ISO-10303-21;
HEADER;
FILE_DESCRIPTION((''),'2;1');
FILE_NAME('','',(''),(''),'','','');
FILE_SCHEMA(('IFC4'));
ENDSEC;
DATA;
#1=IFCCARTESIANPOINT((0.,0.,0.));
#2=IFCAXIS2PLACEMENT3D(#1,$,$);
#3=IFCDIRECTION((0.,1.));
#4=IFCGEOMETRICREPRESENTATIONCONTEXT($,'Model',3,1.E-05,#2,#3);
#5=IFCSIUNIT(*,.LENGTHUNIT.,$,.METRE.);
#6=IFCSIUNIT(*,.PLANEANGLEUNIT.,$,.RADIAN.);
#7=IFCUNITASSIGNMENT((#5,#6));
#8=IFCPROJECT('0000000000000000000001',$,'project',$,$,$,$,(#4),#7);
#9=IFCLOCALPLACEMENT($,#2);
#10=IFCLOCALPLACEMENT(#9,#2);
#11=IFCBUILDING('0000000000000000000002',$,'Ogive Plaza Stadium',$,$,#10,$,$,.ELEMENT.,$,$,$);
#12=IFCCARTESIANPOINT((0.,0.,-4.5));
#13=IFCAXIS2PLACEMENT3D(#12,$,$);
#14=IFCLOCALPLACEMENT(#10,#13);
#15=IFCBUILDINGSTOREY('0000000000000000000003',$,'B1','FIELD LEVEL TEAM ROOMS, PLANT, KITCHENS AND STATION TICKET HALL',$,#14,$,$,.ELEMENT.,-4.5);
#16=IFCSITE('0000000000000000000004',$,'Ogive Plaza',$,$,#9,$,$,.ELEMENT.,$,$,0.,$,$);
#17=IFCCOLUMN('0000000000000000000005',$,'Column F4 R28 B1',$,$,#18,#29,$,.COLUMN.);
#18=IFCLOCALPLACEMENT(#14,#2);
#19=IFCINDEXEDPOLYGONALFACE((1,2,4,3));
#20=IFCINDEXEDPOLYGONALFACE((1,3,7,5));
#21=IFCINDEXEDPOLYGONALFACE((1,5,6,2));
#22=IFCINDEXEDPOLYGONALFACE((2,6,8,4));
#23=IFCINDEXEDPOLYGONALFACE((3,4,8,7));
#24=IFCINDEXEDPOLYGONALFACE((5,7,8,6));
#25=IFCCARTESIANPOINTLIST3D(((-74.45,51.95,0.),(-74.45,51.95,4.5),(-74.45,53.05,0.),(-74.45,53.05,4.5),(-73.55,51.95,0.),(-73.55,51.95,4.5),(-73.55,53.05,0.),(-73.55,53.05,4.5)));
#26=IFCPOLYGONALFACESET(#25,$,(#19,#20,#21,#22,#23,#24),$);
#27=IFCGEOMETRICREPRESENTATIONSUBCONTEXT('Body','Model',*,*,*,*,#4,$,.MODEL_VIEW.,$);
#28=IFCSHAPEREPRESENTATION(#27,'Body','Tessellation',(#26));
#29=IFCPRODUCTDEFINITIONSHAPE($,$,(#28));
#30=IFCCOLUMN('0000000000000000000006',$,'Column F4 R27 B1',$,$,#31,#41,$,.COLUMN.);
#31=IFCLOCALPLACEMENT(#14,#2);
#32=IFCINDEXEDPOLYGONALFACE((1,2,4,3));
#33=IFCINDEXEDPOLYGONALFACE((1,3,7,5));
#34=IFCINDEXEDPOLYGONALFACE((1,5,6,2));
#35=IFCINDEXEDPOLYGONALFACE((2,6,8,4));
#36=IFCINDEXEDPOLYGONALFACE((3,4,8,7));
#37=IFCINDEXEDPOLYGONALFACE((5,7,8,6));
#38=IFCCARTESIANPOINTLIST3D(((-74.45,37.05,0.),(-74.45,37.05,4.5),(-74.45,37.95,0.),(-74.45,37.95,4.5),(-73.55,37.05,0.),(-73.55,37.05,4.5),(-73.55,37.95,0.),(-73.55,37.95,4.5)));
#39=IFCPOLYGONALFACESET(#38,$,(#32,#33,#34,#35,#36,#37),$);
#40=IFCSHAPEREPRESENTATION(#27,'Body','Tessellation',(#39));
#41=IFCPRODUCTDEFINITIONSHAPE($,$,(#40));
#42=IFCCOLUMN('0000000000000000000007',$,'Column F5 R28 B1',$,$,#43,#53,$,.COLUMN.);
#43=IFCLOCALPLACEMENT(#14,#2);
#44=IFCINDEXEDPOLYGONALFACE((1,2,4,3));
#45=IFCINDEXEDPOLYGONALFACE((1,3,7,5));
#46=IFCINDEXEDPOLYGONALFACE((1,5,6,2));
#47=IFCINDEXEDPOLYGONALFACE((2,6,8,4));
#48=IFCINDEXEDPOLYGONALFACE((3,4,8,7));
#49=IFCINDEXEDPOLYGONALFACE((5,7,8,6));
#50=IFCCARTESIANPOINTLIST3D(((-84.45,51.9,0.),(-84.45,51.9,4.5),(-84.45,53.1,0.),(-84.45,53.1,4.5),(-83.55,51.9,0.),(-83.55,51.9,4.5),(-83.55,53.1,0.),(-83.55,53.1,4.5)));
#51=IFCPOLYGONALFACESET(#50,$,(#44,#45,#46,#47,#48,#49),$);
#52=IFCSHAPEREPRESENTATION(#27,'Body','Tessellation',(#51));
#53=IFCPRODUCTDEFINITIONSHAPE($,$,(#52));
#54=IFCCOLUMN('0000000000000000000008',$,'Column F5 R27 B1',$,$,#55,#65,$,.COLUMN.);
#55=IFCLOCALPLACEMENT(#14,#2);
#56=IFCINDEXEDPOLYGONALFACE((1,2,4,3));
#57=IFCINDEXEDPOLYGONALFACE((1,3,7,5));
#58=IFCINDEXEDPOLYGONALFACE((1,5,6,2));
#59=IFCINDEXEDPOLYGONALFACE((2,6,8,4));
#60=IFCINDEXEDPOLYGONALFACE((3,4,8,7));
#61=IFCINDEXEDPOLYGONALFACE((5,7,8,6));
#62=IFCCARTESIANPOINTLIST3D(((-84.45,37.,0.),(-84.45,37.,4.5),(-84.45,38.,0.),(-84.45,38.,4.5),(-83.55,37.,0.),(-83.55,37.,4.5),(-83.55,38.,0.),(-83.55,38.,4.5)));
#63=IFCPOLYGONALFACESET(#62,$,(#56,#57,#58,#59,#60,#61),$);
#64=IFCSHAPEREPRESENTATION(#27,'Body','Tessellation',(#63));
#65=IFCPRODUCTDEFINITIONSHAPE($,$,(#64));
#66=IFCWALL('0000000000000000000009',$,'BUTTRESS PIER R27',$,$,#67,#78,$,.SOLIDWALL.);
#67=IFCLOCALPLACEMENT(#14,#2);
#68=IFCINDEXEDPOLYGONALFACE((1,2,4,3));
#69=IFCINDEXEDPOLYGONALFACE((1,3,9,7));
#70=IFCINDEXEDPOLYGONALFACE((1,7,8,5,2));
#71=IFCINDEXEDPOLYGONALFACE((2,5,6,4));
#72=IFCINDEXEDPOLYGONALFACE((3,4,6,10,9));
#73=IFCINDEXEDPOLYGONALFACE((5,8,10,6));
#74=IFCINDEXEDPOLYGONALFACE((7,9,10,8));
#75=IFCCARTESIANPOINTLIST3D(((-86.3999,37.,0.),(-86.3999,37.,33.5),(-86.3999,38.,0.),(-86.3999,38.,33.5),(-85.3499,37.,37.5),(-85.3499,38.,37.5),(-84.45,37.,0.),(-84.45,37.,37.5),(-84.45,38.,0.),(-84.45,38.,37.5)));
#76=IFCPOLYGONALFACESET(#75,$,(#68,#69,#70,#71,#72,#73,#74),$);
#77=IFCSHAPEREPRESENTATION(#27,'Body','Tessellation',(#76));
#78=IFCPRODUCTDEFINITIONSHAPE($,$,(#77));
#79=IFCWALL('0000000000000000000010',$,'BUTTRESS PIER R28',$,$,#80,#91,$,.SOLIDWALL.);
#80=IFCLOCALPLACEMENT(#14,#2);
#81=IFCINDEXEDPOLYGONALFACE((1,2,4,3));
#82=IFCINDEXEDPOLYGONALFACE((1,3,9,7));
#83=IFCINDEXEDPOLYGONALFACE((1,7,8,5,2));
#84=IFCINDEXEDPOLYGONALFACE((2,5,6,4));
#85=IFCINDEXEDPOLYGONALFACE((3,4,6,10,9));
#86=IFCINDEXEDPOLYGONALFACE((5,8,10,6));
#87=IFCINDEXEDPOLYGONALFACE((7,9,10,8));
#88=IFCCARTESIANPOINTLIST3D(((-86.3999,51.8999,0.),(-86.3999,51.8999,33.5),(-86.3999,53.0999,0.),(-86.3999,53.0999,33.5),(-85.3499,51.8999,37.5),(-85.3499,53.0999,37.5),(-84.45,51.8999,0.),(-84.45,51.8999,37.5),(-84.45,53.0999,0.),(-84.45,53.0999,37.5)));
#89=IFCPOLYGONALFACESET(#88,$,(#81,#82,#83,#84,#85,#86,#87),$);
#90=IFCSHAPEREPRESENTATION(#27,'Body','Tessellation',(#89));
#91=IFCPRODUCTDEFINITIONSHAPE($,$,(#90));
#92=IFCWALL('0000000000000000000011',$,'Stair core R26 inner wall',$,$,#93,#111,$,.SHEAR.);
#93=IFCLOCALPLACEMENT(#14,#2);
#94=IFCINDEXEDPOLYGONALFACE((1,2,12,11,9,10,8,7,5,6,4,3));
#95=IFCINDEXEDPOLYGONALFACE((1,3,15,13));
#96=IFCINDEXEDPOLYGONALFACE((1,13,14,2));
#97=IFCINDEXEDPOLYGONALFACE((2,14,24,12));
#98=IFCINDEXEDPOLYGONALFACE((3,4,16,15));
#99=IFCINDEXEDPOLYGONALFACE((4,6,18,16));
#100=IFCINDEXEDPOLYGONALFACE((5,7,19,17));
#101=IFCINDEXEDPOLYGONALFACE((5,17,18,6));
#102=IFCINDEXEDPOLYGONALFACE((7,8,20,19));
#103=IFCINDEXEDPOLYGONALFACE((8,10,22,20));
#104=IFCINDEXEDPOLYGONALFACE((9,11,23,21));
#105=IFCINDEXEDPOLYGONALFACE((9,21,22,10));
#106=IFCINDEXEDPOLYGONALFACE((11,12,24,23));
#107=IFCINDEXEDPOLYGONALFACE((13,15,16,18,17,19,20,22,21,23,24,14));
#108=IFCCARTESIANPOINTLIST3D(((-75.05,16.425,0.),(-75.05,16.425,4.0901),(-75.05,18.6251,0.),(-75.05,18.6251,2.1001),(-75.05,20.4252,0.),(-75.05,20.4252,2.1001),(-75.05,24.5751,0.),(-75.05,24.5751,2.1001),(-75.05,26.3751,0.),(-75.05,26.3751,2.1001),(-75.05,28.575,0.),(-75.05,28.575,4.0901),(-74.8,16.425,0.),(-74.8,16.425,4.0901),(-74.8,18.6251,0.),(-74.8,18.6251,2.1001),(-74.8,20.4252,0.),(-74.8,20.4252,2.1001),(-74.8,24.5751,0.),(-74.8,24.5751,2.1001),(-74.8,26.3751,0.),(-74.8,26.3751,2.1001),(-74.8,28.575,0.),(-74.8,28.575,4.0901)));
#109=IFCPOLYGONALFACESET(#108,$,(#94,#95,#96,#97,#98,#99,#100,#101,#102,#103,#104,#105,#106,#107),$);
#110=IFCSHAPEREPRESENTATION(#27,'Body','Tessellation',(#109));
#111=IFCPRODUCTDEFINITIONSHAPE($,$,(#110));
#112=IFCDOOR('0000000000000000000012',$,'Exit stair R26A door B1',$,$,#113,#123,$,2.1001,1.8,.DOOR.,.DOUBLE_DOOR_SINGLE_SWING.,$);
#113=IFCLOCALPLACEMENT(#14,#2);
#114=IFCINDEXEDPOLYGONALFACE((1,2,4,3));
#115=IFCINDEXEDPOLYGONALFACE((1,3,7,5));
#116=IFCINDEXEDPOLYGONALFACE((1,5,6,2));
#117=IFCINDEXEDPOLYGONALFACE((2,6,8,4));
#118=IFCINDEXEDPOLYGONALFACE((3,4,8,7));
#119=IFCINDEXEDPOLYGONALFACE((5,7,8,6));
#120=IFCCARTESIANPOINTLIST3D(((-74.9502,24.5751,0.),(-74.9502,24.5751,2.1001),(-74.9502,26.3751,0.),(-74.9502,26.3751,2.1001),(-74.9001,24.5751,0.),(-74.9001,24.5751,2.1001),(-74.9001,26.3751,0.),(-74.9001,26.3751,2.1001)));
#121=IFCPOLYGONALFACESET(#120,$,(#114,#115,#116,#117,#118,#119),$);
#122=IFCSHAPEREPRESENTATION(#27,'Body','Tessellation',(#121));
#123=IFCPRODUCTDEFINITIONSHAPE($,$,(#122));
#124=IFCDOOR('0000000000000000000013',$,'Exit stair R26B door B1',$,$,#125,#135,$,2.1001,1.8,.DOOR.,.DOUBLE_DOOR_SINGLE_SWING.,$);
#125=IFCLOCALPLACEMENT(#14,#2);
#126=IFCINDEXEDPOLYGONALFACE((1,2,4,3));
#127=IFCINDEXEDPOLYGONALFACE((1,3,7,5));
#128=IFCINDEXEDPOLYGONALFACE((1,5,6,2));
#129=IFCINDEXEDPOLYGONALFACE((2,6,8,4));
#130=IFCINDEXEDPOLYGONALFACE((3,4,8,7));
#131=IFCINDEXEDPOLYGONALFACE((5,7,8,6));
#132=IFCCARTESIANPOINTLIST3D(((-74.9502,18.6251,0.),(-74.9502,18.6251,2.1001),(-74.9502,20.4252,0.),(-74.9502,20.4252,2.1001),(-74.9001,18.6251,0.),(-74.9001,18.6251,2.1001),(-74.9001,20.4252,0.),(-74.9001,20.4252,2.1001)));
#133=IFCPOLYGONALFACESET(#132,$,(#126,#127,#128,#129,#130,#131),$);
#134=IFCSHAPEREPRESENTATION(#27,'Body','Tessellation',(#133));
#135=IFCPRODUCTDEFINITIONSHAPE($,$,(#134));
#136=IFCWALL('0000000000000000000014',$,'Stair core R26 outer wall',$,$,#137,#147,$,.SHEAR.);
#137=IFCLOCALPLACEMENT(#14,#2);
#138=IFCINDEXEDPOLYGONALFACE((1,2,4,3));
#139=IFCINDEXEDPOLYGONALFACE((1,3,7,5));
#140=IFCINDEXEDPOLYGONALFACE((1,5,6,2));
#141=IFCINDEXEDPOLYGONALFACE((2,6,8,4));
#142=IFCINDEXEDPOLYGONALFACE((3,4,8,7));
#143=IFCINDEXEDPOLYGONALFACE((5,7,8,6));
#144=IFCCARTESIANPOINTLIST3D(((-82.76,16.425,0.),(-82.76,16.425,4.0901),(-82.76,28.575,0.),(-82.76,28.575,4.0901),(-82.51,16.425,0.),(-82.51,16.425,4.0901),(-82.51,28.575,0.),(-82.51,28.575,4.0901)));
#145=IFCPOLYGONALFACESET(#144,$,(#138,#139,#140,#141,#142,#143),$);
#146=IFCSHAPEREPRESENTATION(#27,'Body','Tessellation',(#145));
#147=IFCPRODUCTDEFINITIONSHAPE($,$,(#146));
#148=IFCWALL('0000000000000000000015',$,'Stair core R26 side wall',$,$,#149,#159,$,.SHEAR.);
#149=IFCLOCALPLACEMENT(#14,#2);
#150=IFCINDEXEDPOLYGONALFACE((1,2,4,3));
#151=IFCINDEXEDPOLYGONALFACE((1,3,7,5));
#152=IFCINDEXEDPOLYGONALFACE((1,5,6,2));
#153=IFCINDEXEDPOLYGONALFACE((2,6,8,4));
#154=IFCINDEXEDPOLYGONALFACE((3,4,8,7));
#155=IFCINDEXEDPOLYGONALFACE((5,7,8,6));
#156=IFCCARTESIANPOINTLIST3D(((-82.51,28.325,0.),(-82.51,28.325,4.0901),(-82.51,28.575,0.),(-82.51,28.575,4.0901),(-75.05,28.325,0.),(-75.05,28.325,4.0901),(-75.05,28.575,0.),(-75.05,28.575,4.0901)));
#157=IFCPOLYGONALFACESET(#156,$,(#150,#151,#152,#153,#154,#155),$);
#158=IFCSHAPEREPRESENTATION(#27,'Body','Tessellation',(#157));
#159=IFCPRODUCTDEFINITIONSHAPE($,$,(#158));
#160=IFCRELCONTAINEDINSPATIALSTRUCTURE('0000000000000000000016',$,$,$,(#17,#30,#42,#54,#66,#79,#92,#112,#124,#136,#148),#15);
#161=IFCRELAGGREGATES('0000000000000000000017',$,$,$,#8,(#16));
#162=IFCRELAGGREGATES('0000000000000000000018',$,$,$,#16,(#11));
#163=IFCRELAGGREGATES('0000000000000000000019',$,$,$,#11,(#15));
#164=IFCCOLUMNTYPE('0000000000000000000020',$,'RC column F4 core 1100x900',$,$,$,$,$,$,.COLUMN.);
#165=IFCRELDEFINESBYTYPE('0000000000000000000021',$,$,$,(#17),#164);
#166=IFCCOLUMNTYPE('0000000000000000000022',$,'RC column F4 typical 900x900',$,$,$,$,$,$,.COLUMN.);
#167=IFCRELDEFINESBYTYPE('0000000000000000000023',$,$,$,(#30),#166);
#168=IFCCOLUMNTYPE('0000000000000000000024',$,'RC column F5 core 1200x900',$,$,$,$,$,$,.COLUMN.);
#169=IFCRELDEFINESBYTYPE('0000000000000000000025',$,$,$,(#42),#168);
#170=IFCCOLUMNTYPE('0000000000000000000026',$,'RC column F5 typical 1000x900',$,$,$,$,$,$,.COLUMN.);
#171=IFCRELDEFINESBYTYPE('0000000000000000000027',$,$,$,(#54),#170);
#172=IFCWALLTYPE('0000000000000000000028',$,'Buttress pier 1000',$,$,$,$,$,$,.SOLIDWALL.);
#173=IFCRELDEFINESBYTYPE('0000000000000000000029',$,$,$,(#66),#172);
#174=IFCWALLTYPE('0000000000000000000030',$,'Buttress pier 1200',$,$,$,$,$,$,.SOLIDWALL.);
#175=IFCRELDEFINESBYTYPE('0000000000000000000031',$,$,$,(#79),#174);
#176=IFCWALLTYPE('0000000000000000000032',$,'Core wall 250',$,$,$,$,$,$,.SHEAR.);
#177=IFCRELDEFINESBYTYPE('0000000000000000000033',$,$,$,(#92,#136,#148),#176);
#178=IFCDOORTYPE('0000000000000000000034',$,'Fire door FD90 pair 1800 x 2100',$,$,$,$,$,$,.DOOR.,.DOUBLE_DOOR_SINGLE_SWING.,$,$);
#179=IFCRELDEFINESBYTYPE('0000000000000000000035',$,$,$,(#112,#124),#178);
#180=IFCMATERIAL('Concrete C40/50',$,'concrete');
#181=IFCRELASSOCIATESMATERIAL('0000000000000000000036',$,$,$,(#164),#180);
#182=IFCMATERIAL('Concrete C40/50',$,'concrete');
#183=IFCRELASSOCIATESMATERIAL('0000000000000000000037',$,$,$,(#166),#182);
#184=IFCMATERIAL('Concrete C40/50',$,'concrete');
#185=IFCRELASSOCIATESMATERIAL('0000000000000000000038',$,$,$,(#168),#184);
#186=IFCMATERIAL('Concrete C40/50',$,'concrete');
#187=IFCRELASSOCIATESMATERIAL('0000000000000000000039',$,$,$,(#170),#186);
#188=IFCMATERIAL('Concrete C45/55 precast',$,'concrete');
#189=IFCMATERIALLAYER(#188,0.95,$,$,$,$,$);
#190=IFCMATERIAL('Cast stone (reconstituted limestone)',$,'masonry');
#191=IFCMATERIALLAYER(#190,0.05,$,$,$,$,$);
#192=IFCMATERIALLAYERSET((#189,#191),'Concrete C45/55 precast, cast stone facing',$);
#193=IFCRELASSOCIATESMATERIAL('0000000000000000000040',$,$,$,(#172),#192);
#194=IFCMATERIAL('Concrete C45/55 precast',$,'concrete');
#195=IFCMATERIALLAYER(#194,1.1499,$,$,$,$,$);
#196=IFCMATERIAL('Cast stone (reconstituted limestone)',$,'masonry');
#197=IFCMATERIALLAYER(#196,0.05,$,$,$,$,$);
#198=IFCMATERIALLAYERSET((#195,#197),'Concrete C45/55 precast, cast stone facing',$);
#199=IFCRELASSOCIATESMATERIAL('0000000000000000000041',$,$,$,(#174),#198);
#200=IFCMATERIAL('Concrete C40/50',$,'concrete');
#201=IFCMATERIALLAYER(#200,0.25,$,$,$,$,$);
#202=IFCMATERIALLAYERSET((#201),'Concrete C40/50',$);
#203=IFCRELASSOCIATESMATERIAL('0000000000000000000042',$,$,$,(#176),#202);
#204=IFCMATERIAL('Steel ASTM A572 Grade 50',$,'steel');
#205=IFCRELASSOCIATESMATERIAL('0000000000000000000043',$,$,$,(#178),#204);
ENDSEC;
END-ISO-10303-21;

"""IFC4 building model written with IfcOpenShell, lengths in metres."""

from ifc_helpers import new_model, si_unit, direction, frame, frame_2d, origin, origin_2d, place, context, subcontext, project, spatial, polyline, rectangle, outline, extrude, material, layer, layer_set, material_profile, profile_set, type_object, element, fill, save


model = new_model("IFC4")

# Units and contexts
model_context = context("Model", 3, precision=1e-05, world=origin(), true_north=direction((0.0, 1.0)))
body_context = subcontext(model_context, "Body", "Model", "MODEL_VIEW")
ifc_project = project(units=[si_unit("LENGTHUNIT", "METRE"), si_unit("PLANEANGLEUNIT", "RADIAN")], contexts=[model_context])

# Site, building, storey
site_placement = place(None, origin())
site = spatial("IfcSite", under=ifc_project, at=site_placement, Name="Ogive Plaza", CompositionType="ELEMENT", RefElevation=0.0)
building_placement = place(site_placement, origin())
building = spatial("IfcBuilding", under=site, at=building_placement, Name="Ogive Plaza Stadium", CompositionType="ELEMENT")
storey_placement = place(building_placement, frame((0.0, 0.0, -4.5)))
storey = spatial("IfcBuildingStorey", under=building, at=storey_placement, Name="B1", Description="FIELD LEVEL TEAM ROOMS, PLANT, KITCHENS AND STATION TICKET HALL", CompositionType="ELEMENT", Elevation=-4.5)

# Columns
ifc_material_1 = material(Name="Concrete C40/50", Category="concrete")
ifc_material_profile_1 = material_profile(ifc_material_1, rectangle(XDim=1.1001, YDim=0.8999, at=origin_2d()), Name="RC 1100x900")
ifc_profile_set_1 = profile_set([ifc_material_profile_1], Name="Concrete C40/50")
column_type_1 = type_object("IfcColumnType", Name="RC column F4 core 1100x900", PredefinedType="COLUMN", material=ifc_profile_set_1)
column_1_placement = place(storey_placement, frame((-74.0, 52.5, 0.0), z_axis=(0.0, 0.0, 1.0), x_axis=(0.0, -1.0, 0.0)))
element("IfcColumn", 1, at=column_1_placement, inside=storey, type_object=column_type_1, Name="Column F4 R28 B1", PredefinedType="COLUMN", context=body_context, shape_type="SweptSolid", body=[
    extrude(rectangle(XDim=1.1001, YDim=0.8999, at=origin_2d()), origin(), (0.0, 0.0, 1.0), 4.5),
])
ifc_material_2 = material(Name="Concrete C40/50", Category="concrete")
ifc_material_profile_2 = material_profile(ifc_material_2, rectangle(XDim=0.8999, YDim=0.8999, at=origin_2d()), Name="RC 900x900")
ifc_profile_set_2 = profile_set([ifc_material_profile_2], Name="Concrete C40/50")
column_type_2 = type_object("IfcColumnType", Name="RC column F4 typical 900x900", PredefinedType="COLUMN", material=ifc_profile_set_2)
column_2_placement = place(storey_placement, frame((-74.0, 37.5, 0.0), z_axis=(0.0, 0.0, 1.0), x_axis=(0.0, -1.0, 0.0)))
element("IfcColumn", 2, at=column_2_placement, inside=storey, type_object=column_type_2, Name="Column F4 R27 B1", PredefinedType="COLUMN", context=body_context, shape_type="SweptSolid", body=[
    extrude(rectangle(XDim=0.8999, YDim=0.8999, at=origin_2d()), origin(), (0.0, 0.0, 1.0), 4.5),
])
ifc_material_3 = material(Name="Concrete C40/50", Category="concrete")
ifc_material_profile_3 = material_profile(ifc_material_3, rectangle(XDim=1.2, YDim=0.8999, at=origin_2d()), Name="RC 1200x900")
ifc_profile_set_3 = profile_set([ifc_material_profile_3], Name="Concrete C40/50")
column_type_3 = type_object("IfcColumnType", Name="RC column F5 core 1200x900", PredefinedType="COLUMN", material=ifc_profile_set_3)
column_3_placement = place(storey_placement, frame((-84.0, 52.5, 0.0), z_axis=(0.0, 0.0, 1.0), x_axis=(0.0, -1.0, 0.0)))
element("IfcColumn", 3, at=column_3_placement, inside=storey, type_object=column_type_3, Name="Column F5 R28 B1", PredefinedType="COLUMN", context=body_context, shape_type="SweptSolid", body=[
    extrude(rectangle(XDim=1.2, YDim=0.8999, at=origin_2d()), origin(), (0.0, 0.0, 1.0), 4.5),
])
ifc_material_4 = material(Name="Concrete C40/50", Category="concrete")
ifc_material_profile_4 = material_profile(ifc_material_4, rectangle(XDim=1.0, YDim=0.8999, at=origin_2d()), Name="RC 1000x900")
ifc_profile_set_4 = profile_set([ifc_material_profile_4], Name="Concrete C40/50")
column_type_4 = type_object("IfcColumnType", Name="RC column F5 typical 1000x900", PredefinedType="COLUMN", material=ifc_profile_set_4)
column_4_placement = place(storey_placement, frame((-84.0, 37.5, 0.0), z_axis=(0.0, 0.0, 1.0), x_axis=(0.0, -1.0, 0.0)))
element("IfcColumn", 4, at=column_4_placement, inside=storey, type_object=column_type_4, Name="Column F5 R27 B1", PredefinedType="COLUMN", context=body_context, shape_type="SweptSolid", body=[
    extrude(rectangle(XDim=1.0, YDim=0.8999, at=origin_2d()), origin(), (0.0, 0.0, 1.0), 4.5),
])

# Walls
ifc_material_5 = material(Name="Concrete C45/55 precast", Category="concrete")
ifc_layer_1 = layer(ifc_material_5, 0.95)
ifc_material_6 = material(Name="Cast stone (reconstituted limestone)", Category="masonry")
ifc_layer_2 = layer(ifc_material_6, 0.05)
ifc_layer_set_1 = layer_set([ifc_layer_1, ifc_layer_2], Name="Concrete C45/55 precast, cast stone facing")
wall_type_1 = type_object("IfcWallType", Name="Buttress pier 1000", PredefinedType="SOLIDWALL", material=ifc_layer_set_1)
wall_1_placement = place(storey_placement, frame((-84.45, 37.5, 0.0), z_axis=(0.0, 0.0, 1.0), x_axis=(-1.0, 0.0, 0.0)))
element("IfcWall", 5, at=wall_1_placement, inside=storey, type_object=wall_type_1, Name="BUTTRESS PIER R27", PredefinedType="SOLIDWALL", context=body_context, shape_type="SweptSolid", body=[
    extrude(outline(polyline([(0.0, 0.0), (1.95, 0.0), (1.95, 33.5), (0.8999, 37.5), (0.0, 37.5), (0.0, 0.0)])), frame((0.0, 0.5, 0.0), z_axis=(0.0, -1.0, 0.0), x_axis=(1.0, 0.0, 0.0)), (0.0, 0.0, 1.0), 1.0),
])
ifc_material_7 = material(Name="Concrete C45/55 precast", Category="concrete")
ifc_layer_3 = layer(ifc_material_7, 1.1499)
ifc_material_8 = material(Name="Cast stone (reconstituted limestone)", Category="masonry")
ifc_layer_4 = layer(ifc_material_8, 0.05)
ifc_layer_set_2 = layer_set([ifc_layer_3, ifc_layer_4], Name="Concrete C45/55 precast, cast stone facing")
wall_type_2 = type_object("IfcWallType", Name="Buttress pier 1200", PredefinedType="SOLIDWALL", material=ifc_layer_set_2)
wall_2_placement = place(storey_placement, frame((-84.45, 52.5, 0.0), z_axis=(0.0, 0.0, 1.0), x_axis=(-1.0, 0.0, 0.0)))
element("IfcWall", 6, at=wall_2_placement, inside=storey, type_object=wall_type_2, Name="BUTTRESS PIER R28", PredefinedType="SOLIDWALL", context=body_context, shape_type="SweptSolid", body=[
    extrude(outline(polyline([(0.0, 0.0), (1.95, 0.0), (1.95, 33.5), (0.8999, 37.5), (0.0, 37.5), (0.0, 0.0)])), frame((0.0, 0.6001, 0.0), z_axis=(0.0, -1.0, 0.0), x_axis=(1.0, 0.0, 0.0)), (0.0, 0.0, 1.0), 1.2),
])

# Wall, openings, doors
ifc_material_9 = material(Name="Concrete C40/50", Category="concrete")
ifc_layer_5 = layer(ifc_material_9, 0.25)
ifc_layer_set_3 = layer_set([ifc_layer_5], Name="Concrete C40/50")
wall_type_3 = type_object("IfcWallType", Name="Core wall 250", PredefinedType="SHEAR", material=ifc_layer_set_3)
wall_3_placement = place(storey_placement, frame((-74.925, 28.575, 0.0), z_axis=(0.0, 0.0, 1.0), x_axis=(0.0, -1.0, 0.0)))
wall_3 = element("IfcWall", 7, at=wall_3_placement, inside=storey, type_object=wall_type_3, Name="Stair core R26 inner wall", PredefinedType="SHEAR", context=body_context, shape_type="SweptSolid", body=[
    extrude(rectangle(XDim=12.1499, YDim=0.25, at=frame_2d((6.075, 0.0))), origin(), (0.0, 0.0, 1.0), 4.0901),
])
opening_1_placement = place(wall_3_placement, frame((2.2, 0.0, 0.0)))
opening_1 = element("IfcOpeningElement", 8, at=opening_1_placement, cuts=wall_3, PredefinedType="OPENING", context=body_context, shape_type="SweptSolid", body=[
    extrude(rectangle(XDim=1.8, YDim=2.1001, at=frame_2d((0.8999, 1.05))), frame((0.0, 0.125, 0.0), z_axis=(0.0, -1.0, 0.0), x_axis=(1.0, 0.0, 0.0)), (0.0, 0.0, 1.0), 0.25),
])
opening_2_placement = place(wall_3_placement, frame((8.1499, 0.0, 0.0)))
opening_2 = element("IfcOpeningElement", 9, at=opening_2_placement, cuts=wall_3, PredefinedType="OPENING", context=body_context, shape_type="SweptSolid", body=[
    extrude(rectangle(XDim=1.8, YDim=2.1001, at=frame_2d((0.8999, 1.05))), frame((0.0, 0.125, 0.0), z_axis=(0.0, -1.0, 0.0), x_axis=(1.0, 0.0, 0.0)), (0.0, 0.0, 1.0), 0.25),
])
ifc_material_10 = material(Name="Steel ASTM A572 Grade 50", Category="steel")
door_type = type_object("IfcDoorType", Name="Fire door FD90 pair 1800 x 2100", OperationType="DOUBLE_DOOR_SINGLE_SWING", PredefinedType="DOOR", material=ifc_material_10)
door_1_placement = place(opening_1_placement, origin())
door_1 = element("IfcDoor", 10, at=door_1_placement, inside=storey, type_object=door_type, Name="Exit stair R26A door B1", OperationType="DOUBLE_DOOR_SINGLE_SWING", OverallHeight=2.1001, OverallWidth=1.8, PredefinedType="DOOR", context=body_context, shape_type="SweptSolid", body=[
    extrude(rectangle(XDim=1.8, YDim=2.1001, at=frame_2d((0.8999, 1.05))), frame((0.0, 0.0249, 0.0), z_axis=(0.0, -1.0, 0.0), x_axis=(1.0, 0.0, 0.0)), (0.0, 0.0, 1.0), 0.05),
])
fill(opening_1, door_1)
door_2_placement = place(opening_2_placement, origin())
door_2 = element("IfcDoor", 11, at=door_2_placement, inside=storey, type_object=door_type, Name="Exit stair R26B door B1", OperationType="DOUBLE_DOOR_SINGLE_SWING", OverallHeight=2.1001, OverallWidth=1.8, PredefinedType="DOOR", context=body_context, shape_type="SweptSolid", body=[
    extrude(rectangle(XDim=1.8, YDim=2.1001, at=frame_2d((0.8999, 1.05))), frame((0.0, 0.0249, 0.0), z_axis=(0.0, -1.0, 0.0), x_axis=(1.0, 0.0, 0.0)), (0.0, 0.0, 1.0), 0.05),
])
fill(opening_2, door_2)

# Walls
wall_4_placement = place(storey_placement, frame((-82.635, 28.575, 0.0), z_axis=(0.0, 0.0, 1.0), x_axis=(0.0, -1.0, 0.0)))
element("IfcWall", 12, at=wall_4_placement, inside=storey, type_object=wall_type_3, Name="Stair core R26 outer wall", PredefinedType="SHEAR", context=body_context, shape_type="SweptSolid", body=[
    extrude(rectangle(XDim=12.1499, YDim=0.25, at=frame_2d((6.075, 0.0))), origin(), (0.0, 0.0, 1.0), 4.0901),
])
wall_5_placement = place(storey_placement, frame((-75.05, 28.45, 0.0), z_axis=(0.0, 0.0, 1.0), x_axis=(-1.0, 0.0, 0.0)))
element("IfcWall", 13, at=wall_5_placement, inside=storey, type_object=wall_type_3, Name="Stair core R26 side wall", PredefinedType="SHEAR", context=body_context, shape_type="SweptSolid", body=[
    extrude(rectangle(XDim=7.46, YDim=0.25, at=frame_2d((3.73, 0.0))), origin(), (0.0, 0.0, 1.0), 4.0901),
])

save(model, "model.ifc")
